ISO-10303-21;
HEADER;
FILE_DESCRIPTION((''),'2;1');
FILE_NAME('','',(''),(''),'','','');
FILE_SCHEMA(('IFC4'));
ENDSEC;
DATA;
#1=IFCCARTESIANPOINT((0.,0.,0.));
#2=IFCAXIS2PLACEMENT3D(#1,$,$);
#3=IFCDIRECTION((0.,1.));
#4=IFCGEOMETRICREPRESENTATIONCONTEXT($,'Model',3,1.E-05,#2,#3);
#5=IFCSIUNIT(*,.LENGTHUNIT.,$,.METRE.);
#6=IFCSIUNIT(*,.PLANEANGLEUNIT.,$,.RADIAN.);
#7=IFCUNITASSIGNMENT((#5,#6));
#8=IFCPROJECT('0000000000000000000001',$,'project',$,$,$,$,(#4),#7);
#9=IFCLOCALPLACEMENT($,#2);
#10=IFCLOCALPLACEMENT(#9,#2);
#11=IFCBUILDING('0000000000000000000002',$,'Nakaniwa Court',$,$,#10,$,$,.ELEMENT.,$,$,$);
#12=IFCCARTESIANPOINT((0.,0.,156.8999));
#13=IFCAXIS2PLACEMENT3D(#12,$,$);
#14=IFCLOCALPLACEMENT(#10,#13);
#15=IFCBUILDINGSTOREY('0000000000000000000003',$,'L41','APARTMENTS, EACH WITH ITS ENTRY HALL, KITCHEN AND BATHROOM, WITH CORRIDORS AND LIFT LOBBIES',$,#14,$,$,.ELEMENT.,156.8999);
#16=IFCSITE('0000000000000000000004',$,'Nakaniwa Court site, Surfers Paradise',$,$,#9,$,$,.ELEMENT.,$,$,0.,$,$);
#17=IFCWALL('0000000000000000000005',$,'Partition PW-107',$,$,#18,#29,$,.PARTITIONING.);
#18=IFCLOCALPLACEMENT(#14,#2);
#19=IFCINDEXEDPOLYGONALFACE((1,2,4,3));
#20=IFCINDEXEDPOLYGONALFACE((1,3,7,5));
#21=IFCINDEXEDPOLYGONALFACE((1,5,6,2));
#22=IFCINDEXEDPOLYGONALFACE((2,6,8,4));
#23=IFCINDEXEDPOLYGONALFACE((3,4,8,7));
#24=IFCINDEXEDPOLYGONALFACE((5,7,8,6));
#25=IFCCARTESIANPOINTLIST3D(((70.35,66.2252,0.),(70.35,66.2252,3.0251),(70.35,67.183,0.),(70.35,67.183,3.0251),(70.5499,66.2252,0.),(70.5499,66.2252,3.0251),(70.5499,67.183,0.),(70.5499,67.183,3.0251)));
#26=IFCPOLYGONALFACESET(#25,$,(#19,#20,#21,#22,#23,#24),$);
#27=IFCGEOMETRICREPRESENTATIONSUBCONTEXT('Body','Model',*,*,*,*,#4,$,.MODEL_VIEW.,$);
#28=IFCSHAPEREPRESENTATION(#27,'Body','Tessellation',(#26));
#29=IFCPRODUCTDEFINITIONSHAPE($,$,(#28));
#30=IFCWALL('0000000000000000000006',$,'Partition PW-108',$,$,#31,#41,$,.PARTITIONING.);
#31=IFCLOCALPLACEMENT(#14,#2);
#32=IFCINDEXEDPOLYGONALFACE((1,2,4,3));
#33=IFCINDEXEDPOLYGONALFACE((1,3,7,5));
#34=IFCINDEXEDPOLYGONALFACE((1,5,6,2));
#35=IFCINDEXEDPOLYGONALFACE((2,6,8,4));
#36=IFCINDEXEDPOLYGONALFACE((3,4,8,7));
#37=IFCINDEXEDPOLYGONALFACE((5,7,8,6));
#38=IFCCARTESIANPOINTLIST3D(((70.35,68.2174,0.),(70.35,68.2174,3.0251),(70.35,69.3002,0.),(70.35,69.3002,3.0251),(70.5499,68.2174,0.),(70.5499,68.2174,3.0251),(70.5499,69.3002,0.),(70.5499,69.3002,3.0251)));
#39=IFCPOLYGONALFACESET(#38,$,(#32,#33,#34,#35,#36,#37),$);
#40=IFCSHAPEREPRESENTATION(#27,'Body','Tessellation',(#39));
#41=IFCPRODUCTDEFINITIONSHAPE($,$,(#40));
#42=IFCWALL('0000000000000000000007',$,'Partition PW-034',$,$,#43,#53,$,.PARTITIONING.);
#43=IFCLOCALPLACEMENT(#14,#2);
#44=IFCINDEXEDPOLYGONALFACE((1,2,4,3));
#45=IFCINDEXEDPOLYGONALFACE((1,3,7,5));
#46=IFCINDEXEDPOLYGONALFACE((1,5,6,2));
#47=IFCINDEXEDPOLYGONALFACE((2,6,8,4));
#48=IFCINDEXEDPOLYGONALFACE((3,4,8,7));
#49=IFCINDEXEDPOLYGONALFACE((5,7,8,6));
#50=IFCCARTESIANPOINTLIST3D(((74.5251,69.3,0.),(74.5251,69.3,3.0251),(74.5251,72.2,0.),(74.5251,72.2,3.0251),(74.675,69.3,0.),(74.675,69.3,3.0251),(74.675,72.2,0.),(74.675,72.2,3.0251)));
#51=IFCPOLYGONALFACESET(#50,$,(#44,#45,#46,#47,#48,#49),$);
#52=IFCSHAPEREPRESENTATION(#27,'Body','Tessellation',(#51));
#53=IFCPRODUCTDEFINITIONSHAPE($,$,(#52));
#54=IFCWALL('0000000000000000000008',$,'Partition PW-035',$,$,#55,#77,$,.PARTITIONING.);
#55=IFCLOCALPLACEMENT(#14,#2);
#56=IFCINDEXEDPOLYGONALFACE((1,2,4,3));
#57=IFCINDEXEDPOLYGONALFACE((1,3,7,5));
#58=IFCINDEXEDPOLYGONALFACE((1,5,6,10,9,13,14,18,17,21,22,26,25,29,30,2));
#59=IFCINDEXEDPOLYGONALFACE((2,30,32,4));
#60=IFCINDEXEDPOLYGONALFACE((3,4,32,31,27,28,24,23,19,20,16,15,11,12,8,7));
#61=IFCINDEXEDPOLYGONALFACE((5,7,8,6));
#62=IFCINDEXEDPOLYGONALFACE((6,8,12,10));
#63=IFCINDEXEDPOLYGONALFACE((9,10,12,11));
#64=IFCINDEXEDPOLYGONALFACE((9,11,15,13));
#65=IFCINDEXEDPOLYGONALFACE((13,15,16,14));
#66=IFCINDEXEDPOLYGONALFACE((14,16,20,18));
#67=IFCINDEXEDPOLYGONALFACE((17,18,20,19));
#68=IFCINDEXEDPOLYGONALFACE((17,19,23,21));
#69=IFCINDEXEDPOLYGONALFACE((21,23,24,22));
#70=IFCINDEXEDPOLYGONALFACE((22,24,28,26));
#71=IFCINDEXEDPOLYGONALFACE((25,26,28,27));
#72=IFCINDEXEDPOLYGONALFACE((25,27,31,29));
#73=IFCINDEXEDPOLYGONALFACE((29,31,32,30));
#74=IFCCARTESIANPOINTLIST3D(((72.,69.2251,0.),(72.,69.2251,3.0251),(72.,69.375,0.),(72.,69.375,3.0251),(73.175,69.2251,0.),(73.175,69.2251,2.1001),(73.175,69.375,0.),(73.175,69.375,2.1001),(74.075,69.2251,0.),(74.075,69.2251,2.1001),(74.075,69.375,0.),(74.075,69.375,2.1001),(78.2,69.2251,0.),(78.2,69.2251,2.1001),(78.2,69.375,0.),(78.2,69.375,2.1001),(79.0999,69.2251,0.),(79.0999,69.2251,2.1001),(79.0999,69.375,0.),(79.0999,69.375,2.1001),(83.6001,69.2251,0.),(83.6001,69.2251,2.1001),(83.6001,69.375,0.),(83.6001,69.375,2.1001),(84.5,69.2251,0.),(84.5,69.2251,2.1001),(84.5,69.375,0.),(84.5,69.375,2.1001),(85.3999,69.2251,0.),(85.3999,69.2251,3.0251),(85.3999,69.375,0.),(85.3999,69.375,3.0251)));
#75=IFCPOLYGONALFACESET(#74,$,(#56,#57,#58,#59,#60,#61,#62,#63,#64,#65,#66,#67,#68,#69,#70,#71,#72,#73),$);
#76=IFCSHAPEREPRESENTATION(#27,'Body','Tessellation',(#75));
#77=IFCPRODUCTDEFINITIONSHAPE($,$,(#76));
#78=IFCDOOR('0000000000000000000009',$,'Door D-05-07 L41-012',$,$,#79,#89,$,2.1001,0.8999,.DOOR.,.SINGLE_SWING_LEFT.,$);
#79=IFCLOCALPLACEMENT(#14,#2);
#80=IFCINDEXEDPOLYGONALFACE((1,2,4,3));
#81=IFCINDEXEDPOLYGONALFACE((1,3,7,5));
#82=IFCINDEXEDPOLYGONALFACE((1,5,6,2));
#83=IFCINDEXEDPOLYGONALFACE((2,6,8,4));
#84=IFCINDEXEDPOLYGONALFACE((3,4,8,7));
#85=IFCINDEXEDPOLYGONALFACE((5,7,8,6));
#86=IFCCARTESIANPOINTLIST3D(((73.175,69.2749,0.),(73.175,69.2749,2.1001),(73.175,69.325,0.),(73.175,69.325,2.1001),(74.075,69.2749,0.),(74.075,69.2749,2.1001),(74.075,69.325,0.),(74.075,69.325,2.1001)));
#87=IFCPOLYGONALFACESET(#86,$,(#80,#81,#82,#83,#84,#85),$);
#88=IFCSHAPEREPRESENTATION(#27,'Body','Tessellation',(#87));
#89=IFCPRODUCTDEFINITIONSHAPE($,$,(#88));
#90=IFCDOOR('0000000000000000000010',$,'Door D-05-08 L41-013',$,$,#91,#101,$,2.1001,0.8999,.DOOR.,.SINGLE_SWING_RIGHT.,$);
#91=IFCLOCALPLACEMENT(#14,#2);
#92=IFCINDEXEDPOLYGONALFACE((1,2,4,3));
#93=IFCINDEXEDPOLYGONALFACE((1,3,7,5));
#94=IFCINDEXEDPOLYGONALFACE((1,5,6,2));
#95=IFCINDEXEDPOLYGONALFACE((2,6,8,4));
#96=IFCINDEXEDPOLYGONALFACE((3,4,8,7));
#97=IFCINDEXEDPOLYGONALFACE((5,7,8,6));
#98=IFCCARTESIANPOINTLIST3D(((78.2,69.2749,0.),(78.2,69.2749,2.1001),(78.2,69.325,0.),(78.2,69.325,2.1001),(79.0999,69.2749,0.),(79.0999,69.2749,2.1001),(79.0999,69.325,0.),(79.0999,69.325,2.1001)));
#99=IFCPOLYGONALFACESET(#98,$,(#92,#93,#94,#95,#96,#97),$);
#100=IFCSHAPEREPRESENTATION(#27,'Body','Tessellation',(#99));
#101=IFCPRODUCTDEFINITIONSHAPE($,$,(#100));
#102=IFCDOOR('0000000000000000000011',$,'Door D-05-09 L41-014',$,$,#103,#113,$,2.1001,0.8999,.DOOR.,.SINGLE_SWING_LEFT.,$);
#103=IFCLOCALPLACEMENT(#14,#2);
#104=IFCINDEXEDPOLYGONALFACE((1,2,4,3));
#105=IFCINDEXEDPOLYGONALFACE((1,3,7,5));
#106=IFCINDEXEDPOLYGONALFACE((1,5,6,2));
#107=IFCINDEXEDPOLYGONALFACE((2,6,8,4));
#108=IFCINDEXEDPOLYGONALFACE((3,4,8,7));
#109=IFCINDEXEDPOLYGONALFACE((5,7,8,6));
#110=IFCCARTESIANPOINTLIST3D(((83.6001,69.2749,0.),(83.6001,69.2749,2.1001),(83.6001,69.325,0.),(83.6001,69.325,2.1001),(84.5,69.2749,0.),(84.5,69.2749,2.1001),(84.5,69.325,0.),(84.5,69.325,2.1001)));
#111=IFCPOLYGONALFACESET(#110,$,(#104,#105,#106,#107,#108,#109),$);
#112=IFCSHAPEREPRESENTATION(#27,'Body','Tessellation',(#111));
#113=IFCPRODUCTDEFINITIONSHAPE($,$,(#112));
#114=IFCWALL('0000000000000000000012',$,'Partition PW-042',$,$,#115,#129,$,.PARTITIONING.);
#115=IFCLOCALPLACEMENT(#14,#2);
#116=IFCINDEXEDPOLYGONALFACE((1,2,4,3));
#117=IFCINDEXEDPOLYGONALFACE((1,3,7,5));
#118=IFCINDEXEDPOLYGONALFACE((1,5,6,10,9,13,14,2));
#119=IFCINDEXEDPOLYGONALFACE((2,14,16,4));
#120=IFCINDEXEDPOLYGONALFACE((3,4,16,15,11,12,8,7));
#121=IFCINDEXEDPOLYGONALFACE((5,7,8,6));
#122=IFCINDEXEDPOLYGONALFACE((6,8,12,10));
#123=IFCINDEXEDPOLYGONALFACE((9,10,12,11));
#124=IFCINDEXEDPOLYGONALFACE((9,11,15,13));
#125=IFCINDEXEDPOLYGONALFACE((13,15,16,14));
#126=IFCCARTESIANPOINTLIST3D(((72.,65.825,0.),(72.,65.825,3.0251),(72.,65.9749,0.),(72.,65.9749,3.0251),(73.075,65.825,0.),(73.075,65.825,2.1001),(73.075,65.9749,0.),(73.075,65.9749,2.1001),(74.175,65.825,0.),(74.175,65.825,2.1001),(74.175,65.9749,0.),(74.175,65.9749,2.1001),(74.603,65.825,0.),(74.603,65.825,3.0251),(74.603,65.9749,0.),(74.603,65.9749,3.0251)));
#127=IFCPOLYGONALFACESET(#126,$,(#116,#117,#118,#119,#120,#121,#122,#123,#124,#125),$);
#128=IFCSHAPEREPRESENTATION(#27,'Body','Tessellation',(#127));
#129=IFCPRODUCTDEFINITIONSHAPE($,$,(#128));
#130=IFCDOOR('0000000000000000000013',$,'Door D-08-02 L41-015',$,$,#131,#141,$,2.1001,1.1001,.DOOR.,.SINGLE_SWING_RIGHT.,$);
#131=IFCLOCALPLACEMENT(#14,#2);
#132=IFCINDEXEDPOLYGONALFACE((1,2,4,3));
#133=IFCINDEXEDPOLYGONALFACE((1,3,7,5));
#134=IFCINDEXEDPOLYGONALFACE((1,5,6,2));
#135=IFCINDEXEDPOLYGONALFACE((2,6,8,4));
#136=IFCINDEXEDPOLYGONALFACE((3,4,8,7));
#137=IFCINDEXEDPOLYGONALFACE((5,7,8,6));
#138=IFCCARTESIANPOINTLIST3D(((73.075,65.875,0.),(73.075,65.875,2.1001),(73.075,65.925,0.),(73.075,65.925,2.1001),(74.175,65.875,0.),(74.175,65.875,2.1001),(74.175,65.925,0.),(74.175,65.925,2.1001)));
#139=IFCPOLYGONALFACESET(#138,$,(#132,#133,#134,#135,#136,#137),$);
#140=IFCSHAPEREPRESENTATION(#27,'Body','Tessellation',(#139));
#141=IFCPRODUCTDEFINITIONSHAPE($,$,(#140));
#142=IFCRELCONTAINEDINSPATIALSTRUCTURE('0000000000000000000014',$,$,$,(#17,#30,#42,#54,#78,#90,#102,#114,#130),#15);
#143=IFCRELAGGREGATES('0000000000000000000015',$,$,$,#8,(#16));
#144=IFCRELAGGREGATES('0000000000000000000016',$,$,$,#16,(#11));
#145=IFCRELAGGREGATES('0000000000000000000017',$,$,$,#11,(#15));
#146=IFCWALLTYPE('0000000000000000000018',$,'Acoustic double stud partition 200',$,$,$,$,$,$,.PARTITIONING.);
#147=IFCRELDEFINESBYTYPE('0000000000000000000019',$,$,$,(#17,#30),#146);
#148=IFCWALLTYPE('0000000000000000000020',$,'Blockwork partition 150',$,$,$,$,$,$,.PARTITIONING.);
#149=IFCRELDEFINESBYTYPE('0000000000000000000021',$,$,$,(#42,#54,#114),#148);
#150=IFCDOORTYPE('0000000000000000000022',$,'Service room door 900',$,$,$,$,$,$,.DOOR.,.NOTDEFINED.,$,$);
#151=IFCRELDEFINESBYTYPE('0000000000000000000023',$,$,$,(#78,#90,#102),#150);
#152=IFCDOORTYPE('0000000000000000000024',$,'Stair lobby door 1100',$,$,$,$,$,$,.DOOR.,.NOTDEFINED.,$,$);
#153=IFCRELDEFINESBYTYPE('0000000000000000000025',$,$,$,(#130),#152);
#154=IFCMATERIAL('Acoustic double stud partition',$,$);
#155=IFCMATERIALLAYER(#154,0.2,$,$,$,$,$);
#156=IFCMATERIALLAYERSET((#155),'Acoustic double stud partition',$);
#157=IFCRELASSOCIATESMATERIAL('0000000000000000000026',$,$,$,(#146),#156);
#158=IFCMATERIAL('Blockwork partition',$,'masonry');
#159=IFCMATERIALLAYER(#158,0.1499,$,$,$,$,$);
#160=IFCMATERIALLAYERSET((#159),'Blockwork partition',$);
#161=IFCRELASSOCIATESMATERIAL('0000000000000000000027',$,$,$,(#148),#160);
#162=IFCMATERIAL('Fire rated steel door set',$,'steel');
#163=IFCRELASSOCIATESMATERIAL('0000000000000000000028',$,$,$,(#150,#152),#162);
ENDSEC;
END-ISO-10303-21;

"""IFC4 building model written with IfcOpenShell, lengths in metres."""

from ifc_helpers import new_model, si_unit, direction, frame, frame_2d, origin, place, context, subcontext, project, spatial, rectangle, extrude, material, layer, layer_set, type_object, element, fill, save


model = new_model("IFC4")

# Units and contexts
model_context = context("Model", 3, precision=1e-05, world=origin(), true_north=direction((0.0, 1.0)))
body_context = subcontext(model_context, "Body", "Model", "MODEL_VIEW")
ifc_project = project(units=[si_unit("LENGTHUNIT", "METRE"), si_unit("PLANEANGLEUNIT", "RADIAN")], contexts=[model_context])

# Site, building, storey
site_placement = place(None, origin())
site = spatial("IfcSite", under=ifc_project, at=site_placement, Name="Nakaniwa Court site, Surfers Paradise", CompositionType="ELEMENT", RefElevation=0.0)
building_placement = place(site_placement, origin())
building = spatial("IfcBuilding", under=site, at=building_placement, Name="Nakaniwa Court", CompositionType="ELEMENT")
storey_placement = place(building_placement, frame((0.0, 0.0, 156.8999)))
storey = spatial("IfcBuildingStorey", under=building, at=storey_placement, Name="L41", Description="APARTMENTS, EACH WITH ITS ENTRY HALL, KITCHEN AND BATHROOM, WITH CORRIDORS AND LIFT LOBBIES", CompositionType="ELEMENT", Elevation=156.8999)

# Walls
ifc_material_1 = material(Name="Acoustic double stud partition")
ifc_layer_1 = layer(ifc_material_1, 0.2)
ifc_layer_set_1 = layer_set([ifc_layer_1], Name="Acoustic double stud partition")
wall_type_1 = type_object("IfcWallType", Name="Acoustic double stud partition 200", PredefinedType="PARTITIONING", material=ifc_layer_set_1)
wall_1_placement = place(storey_placement, frame((70.45, 66.2251, 0.0), z_axis=(0.0, 0.0, 1.0), x_axis=(0.0, 1.0, 0.0)))
element("IfcWall", 1, at=wall_1_placement, inside=storey, type_object=wall_type_1, Name="Partition PW-107", PredefinedType="PARTITIONING", context=body_context, shape_type="SweptSolid", body=[
    extrude(rectangle(XDim=0.9578, YDim=0.2, at=frame_2d((0.479, 0.0))), origin(), (0.0, 0.0, 1.0), 3.0251),
])
wall_2_placement = place(storey_placement, frame((70.45, 68.2173, 0.0), z_axis=(0.0, 0.0, 1.0), x_axis=(0.0, 1.0, 0.0)))
element("IfcWall", 2, at=wall_2_placement, inside=storey, type_object=wall_type_1, Name="Partition PW-108", PredefinedType="PARTITIONING", context=body_context, shape_type="SweptSolid", body=[
    extrude(rectangle(XDim=1.0828, YDim=0.2, at=frame_2d((0.5415, 0.0))), origin(), (0.0, 0.0, 1.0), 3.0251),
])
ifc_material_2 = material(Name="Blockwork partition", Category="masonry")
ifc_layer_2 = layer(ifc_material_2, 0.1499)
ifc_layer_set_2 = layer_set([ifc_layer_2], Name="Blockwork partition")
wall_type_2 = type_object("IfcWallType", Name="Blockwork partition 150", PredefinedType="PARTITIONING", material=ifc_layer_set_2)
wall_3_placement = place(storey_placement, frame((74.6001, 69.3, 0.0), z_axis=(0.0, 0.0, 1.0), x_axis=(0.0, 1.0, 0.0)))
element("IfcWall", 3, at=wall_3_placement, inside=storey, type_object=wall_type_2, Name="Partition PW-034", PredefinedType="PARTITIONING", context=body_context, shape_type="SweptSolid", body=[
    extrude(rectangle(XDim=2.8999, YDim=0.1499, at=frame_2d((1.45, 0.0))), origin(), (0.0, 0.0, 1.0), 3.0251),
])

# Wall, openings, doors
wall_4_placement = place(storey_placement, frame((72.0, 69.3, 0.0), z_axis=(0.0, 0.0, 1.0), x_axis=(1.0, 0.0, 0.0)))
wall_4 = element("IfcWall", 4, at=wall_4_placement, inside=storey, type_object=wall_type_2, Name="Partition PW-035", PredefinedType="PARTITIONING", context=body_context, shape_type="SweptSolid", body=[
    extrude(rectangle(XDim=13.3999, YDim=0.1499, at=frame_2d((6.7, 0.0))), origin(), (0.0, 0.0, 1.0), 3.0251),
])
opening_1_placement = place(wall_4_placement, frame((1.175, 0.0, 0.0)))
opening_1 = element("IfcOpeningElement", 5, at=opening_1_placement, cuts=wall_4, PredefinedType="OPENING", context=body_context, shape_type="SweptSolid", body=[
    extrude(rectangle(XDim=0.8999, YDim=2.1001, at=frame_2d((0.45, 1.05))), frame((0.0, 0.085, 0.0), z_axis=(0.0, -1.0, 0.0), x_axis=(1.0, 0.0, 0.0)), (0.0, 0.0, 1.0), 0.1699),
])
opening_2_placement = place(wall_4_placement, frame((6.2, 0.0, 0.0)))
opening_2 = element("IfcOpeningElement", 6, at=opening_2_placement, cuts=wall_4, PredefinedType="OPENING", context=body_context, shape_type="SweptSolid", body=[
    extrude(rectangle(XDim=0.8999, YDim=2.1001, at=frame_2d((0.45, 1.05))), frame((0.0, 0.085, 0.0), z_axis=(0.0, -1.0, 0.0), x_axis=(1.0, 0.0, 0.0)), (0.0, 0.0, 1.0), 0.1699),
])
opening_3_placement = place(wall_4_placement, frame((11.6001, 0.0, 0.0)))
opening_3 = element("IfcOpeningElement", 7, at=opening_3_placement, cuts=wall_4, PredefinedType="OPENING", context=body_context, shape_type="SweptSolid", body=[
    extrude(rectangle(XDim=0.8999, YDim=2.1001, at=frame_2d((0.45, 1.05))), frame((0.0, 0.085, 0.0), z_axis=(0.0, -1.0, 0.0), x_axis=(1.0, 0.0, 0.0)), (0.0, 0.0, 1.0), 0.1699),
])
ifc_material_3 = material(Name="Fire rated steel door set", Category="steel")
door_type_1 = type_object("IfcDoorType", Name="Service room door 900", OperationType="NOTDEFINED", PredefinedType="DOOR", material=ifc_material_3)
door_1_placement = place(opening_1_placement, origin())
door_1 = element("IfcDoor", 8, at=door_1_placement, inside=storey, type_object=door_type_1, Name="Door D-05-07 L41-012", OperationType="SINGLE_SWING_LEFT", OverallHeight=2.1001, OverallWidth=0.8999, PredefinedType="DOOR", context=body_context, shape_type="SweptSolid", body=[
    extrude(rectangle(XDim=0.8999, YDim=2.1001, at=frame_2d((0.45, 1.05))), frame((0.0, 0.0249, 0.0), z_axis=(0.0, -1.0, 0.0), x_axis=(1.0, 0.0, 0.0)), (0.0, 0.0, 1.0), 0.05),
])
fill(opening_1, door_1)
door_2_placement = place(opening_2_placement, origin())
door_2 = element("IfcDoor", 9, at=door_2_placement, inside=storey, type_object=door_type_1, Name="Door D-05-08 L41-013", OperationType="SINGLE_SWING_RIGHT", OverallHeight=2.1001, OverallWidth=0.8999, PredefinedType="DOOR", context=body_context, shape_type="SweptSolid", body=[
    extrude(rectangle(XDim=0.8999, YDim=2.1001, at=frame_2d((0.45, 1.05))), frame((0.0, 0.0249, 0.0), z_axis=(0.0, -1.0, 0.0), x_axis=(1.0, 0.0, 0.0)), (0.0, 0.0, 1.0), 0.05),
])
fill(opening_2, door_2)
door_3_placement = place(opening_3_placement, origin())
door_3 = element("IfcDoor", 10, at=door_3_placement, inside=storey, type_object=door_type_1, Name="Door D-05-09 L41-014", OperationType="SINGLE_SWING_LEFT", OverallHeight=2.1001, OverallWidth=0.8999, PredefinedType="DOOR", context=body_context, shape_type="SweptSolid", body=[
    extrude(rectangle(XDim=0.8999, YDim=2.1001, at=frame_2d((0.45, 1.05))), frame((0.0, 0.0249, 0.0), z_axis=(0.0, -1.0, 0.0), x_axis=(1.0, 0.0, 0.0)), (0.0, 0.0, 1.0), 0.05),
])
fill(opening_3, door_3)

# Wall, opening, door
wall_5_placement = place(storey_placement, frame((74.603, 65.8999, 0.0), z_axis=(0.0, 0.0, 1.0), x_axis=(-1.0, 0.0, 0.0)))
wall_5 = element("IfcWall", 11, at=wall_5_placement, inside=storey, type_object=wall_type_2, Name="Partition PW-042", PredefinedType="PARTITIONING", context=body_context, shape_type="SweptSolid", body=[
    extrude(rectangle(XDim=2.603, YDim=0.1499, at=frame_2d((1.3015, 0.0))), origin(), (0.0, 0.0, 1.0), 3.0251),
])
opening_4_placement = place(wall_5_placement, frame((0.428, 0.0, 0.0)))
opening_4 = element("IfcOpeningElement", 12, at=opening_4_placement, cuts=wall_5, PredefinedType="OPENING", context=body_context, shape_type="SweptSolid", body=[
    extrude(rectangle(XDim=1.1001, YDim=2.1001, at=frame_2d((0.55, 1.05))), frame((0.0, 0.085, 0.0), z_axis=(0.0, -1.0, 0.0), x_axis=(1.0, 0.0, 0.0)), (0.0, 0.0, 1.0), 0.1699),
])
door_type_2 = type_object("IfcDoorType", Name="Stair lobby door 1100", OperationType="NOTDEFINED", PredefinedType="DOOR", material=ifc_material_3)
door_4_placement = place(opening_4_placement, origin())
door_4 = element("IfcDoor", 13, at=door_4_placement, inside=storey, type_object=door_type_2, Name="Door D-08-02 L41-015", OperationType="SINGLE_SWING_RIGHT", OverallHeight=2.1001, OverallWidth=1.1001, PredefinedType="DOOR", context=body_context, shape_type="SweptSolid", body=[
    extrude(rectangle(XDim=1.1001, YDim=2.1001, at=frame_2d((0.55, 1.05))), frame((0.0, 0.0249, 0.0), z_axis=(0.0, -1.0, 0.0), x_axis=(1.0, 0.0, 0.0)), (0.0, 0.0, 1.0), 0.05),
])
fill(opening_4, door_4)

save(model, "model.ifc")
